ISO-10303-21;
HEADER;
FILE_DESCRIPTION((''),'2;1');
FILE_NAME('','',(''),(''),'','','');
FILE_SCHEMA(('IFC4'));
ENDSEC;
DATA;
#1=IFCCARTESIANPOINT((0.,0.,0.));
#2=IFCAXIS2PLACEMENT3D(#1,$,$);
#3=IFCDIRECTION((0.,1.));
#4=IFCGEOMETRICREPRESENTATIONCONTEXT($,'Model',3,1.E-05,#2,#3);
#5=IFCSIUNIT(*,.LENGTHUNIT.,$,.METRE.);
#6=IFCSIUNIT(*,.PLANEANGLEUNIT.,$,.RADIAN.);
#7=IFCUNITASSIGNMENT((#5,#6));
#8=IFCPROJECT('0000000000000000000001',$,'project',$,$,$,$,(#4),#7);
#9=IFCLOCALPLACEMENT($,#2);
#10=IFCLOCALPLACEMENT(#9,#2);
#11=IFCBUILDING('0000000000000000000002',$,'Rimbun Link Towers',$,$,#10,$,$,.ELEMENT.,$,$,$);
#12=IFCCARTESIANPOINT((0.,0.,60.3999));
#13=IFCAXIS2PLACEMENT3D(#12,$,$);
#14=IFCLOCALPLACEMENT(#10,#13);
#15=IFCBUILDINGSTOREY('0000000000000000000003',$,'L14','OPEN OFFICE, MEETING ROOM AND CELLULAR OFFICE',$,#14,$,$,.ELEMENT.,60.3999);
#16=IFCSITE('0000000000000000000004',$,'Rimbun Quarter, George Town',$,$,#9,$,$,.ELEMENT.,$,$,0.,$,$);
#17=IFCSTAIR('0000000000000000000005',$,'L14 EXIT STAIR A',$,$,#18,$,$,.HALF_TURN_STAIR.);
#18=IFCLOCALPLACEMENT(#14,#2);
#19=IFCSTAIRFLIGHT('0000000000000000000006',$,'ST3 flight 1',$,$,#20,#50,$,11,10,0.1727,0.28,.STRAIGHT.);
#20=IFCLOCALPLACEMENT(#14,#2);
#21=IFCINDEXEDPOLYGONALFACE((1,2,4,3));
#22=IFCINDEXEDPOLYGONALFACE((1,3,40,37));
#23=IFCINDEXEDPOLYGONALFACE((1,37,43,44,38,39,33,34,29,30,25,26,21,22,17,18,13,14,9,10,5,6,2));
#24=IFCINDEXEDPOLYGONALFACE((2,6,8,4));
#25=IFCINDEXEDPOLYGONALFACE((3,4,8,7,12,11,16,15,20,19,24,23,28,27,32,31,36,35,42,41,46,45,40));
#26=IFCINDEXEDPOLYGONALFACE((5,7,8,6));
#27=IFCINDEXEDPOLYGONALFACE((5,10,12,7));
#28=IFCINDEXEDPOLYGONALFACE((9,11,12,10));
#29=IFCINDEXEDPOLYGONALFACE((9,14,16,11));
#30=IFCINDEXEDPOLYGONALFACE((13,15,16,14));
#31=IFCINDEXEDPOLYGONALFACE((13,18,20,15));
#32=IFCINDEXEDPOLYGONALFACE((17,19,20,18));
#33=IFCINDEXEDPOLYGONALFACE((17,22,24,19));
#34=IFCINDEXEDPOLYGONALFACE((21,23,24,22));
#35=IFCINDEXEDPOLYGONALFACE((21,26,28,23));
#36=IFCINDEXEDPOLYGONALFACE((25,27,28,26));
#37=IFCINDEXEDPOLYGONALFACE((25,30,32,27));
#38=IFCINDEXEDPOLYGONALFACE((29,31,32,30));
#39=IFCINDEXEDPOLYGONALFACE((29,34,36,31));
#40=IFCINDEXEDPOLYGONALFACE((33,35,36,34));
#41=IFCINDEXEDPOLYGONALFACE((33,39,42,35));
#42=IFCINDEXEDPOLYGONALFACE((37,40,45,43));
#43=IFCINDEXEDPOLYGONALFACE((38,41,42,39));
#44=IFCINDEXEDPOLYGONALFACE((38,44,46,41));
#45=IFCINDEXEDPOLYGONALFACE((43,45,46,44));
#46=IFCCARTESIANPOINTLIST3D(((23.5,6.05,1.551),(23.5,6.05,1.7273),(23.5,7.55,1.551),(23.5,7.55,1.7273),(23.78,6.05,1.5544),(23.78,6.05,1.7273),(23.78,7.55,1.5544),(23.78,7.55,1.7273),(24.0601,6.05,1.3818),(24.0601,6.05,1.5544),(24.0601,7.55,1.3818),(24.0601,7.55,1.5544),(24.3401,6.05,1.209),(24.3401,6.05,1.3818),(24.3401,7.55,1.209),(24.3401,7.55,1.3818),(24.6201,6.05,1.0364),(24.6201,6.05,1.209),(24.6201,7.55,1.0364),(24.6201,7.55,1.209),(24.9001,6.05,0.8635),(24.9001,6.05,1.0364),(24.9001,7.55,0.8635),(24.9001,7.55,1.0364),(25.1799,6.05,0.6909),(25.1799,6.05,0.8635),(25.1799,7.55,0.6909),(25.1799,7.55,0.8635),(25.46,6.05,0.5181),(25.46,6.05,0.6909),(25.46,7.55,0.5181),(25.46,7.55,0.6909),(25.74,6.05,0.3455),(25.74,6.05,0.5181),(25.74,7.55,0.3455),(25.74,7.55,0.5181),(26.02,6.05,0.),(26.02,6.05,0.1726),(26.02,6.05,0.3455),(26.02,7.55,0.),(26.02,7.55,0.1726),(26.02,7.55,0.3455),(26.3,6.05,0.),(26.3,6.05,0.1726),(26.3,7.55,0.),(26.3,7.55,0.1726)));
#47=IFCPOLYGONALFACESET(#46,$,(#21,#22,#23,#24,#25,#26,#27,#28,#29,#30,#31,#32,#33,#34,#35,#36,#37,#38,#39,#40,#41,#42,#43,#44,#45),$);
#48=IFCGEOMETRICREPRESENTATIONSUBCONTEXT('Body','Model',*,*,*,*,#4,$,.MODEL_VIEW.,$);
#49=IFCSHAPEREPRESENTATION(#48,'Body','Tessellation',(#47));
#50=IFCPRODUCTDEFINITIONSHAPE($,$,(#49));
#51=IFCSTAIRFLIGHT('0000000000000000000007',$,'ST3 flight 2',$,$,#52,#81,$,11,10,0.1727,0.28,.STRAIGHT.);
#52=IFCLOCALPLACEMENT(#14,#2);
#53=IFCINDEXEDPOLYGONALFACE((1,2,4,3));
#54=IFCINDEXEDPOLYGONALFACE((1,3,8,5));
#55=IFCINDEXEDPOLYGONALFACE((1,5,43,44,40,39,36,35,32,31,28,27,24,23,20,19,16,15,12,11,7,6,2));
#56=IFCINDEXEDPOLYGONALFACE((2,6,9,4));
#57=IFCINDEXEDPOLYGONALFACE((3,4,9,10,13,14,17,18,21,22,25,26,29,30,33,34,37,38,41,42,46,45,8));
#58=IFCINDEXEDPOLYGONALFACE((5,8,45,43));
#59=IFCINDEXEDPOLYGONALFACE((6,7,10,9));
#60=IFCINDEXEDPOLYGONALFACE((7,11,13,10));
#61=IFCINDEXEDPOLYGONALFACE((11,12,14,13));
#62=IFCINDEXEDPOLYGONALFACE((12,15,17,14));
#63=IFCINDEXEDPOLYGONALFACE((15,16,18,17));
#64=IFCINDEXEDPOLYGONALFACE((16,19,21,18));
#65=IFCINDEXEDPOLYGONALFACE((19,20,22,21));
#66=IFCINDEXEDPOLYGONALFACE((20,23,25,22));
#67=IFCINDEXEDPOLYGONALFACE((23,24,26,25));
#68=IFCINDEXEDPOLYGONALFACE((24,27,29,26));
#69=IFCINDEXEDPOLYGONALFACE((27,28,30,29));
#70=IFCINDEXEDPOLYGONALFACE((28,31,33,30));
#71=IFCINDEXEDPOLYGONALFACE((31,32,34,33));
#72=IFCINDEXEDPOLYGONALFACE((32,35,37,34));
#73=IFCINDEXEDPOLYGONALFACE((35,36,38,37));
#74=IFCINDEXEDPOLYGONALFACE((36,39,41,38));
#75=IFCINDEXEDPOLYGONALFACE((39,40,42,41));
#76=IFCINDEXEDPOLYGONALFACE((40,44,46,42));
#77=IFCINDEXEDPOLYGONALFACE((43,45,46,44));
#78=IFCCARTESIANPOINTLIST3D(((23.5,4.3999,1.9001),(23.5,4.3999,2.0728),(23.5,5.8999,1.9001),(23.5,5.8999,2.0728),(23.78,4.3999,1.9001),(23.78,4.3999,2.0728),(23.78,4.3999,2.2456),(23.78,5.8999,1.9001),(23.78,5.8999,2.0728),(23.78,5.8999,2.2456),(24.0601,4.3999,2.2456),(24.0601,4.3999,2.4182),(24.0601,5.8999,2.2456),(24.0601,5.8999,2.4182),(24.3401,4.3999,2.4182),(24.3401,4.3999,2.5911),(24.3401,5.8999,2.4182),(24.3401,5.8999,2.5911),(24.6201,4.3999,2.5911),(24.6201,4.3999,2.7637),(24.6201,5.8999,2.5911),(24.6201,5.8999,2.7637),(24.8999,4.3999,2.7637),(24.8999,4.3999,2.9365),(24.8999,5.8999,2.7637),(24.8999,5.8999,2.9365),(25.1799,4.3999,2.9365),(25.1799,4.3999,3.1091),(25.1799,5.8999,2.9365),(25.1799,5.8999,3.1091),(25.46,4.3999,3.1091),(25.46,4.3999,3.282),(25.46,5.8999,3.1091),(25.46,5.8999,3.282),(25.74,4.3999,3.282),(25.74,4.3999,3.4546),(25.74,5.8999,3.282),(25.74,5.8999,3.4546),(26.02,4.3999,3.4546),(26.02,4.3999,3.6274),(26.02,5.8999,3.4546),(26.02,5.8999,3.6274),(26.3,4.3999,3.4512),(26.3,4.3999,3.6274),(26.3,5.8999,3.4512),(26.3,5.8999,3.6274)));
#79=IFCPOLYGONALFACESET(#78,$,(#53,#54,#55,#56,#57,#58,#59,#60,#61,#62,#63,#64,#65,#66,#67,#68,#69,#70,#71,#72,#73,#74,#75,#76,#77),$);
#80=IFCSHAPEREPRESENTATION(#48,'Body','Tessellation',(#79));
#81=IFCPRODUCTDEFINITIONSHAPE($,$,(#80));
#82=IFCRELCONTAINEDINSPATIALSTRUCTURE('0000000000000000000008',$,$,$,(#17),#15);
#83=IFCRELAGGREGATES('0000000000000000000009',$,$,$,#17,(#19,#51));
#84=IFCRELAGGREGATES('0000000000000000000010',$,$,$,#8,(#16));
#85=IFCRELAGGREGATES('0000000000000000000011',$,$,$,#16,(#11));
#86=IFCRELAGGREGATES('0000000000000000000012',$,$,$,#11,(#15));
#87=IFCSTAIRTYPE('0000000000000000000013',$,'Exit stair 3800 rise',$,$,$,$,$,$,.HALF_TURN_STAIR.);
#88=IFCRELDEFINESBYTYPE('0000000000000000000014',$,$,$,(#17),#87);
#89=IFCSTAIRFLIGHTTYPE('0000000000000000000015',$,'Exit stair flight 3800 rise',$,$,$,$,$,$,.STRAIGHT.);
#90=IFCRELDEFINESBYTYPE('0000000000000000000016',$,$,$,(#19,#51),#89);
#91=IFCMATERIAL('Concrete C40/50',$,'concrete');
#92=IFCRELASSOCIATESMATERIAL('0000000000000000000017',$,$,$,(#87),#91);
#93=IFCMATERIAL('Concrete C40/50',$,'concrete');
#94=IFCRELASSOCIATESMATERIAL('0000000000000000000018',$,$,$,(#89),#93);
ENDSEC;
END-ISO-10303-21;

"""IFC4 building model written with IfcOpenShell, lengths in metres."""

from ifc_helpers import new_model, si_unit, direction, frame, origin, place, context, subcontext, project, spatial, polyline, outline, extrude, material, type_object, element, aggregate, save


model = new_model("IFC4")

# Units and contexts
model_context = context("Model", 3, precision=1e-05, world=origin(), true_north=direction((0.0, 1.0)))
body_context = subcontext(model_context, "Body", "Model", "MODEL_VIEW")
ifc_project = project(units=[si_unit("LENGTHUNIT", "METRE"), si_unit("PLANEANGLEUNIT", "RADIAN")], contexts=[model_context])

# Site, building, storey
site_placement = place(None, origin())
site = spatial("IfcSite", under=ifc_project, at=site_placement, Name="Rimbun Quarter, George Town", CompositionType="ELEMENT", RefElevation=0.0)
building_placement = place(site_placement, origin())
building = spatial("IfcBuilding", under=site, at=building_placement, Name="Rimbun Link Towers", CompositionType="ELEMENT")
storey_placement = place(building_placement, frame((0.0, 0.0, 60.3999)))
storey = spatial("IfcBuildingStorey", under=building, at=storey_placement, Name="L14", Description="OPEN OFFICE, MEETING ROOM AND CELLULAR OFFICE", CompositionType="ELEMENT", Elevation=60.3999)

# Stair, stair flights
ifc_material_1 = material(Name="Concrete C40/50", Category="concrete")
stair_type = type_object("IfcStairType", Name="Exit stair 3800 rise", PredefinedType="HALF_TURN_STAIR", material=ifc_material_1)
stair_placement = place(storey_placement, origin())
stair = element("IfcStair", 1, at=stair_placement, inside=storey, type_object=stair_type, Name="L14 EXIT STAIR A", PredefinedType="HALF_TURN_STAIR")
ifc_material_2 = material(Name="Concrete C40/50", Category="concrete")
stair_flight_type = type_object("IfcStairFlightType", Name="Exit stair flight 3800 rise", PredefinedType="STRAIGHT", material=ifc_material_2)
stair_flight_1_placement = place(storey_placement, frame((26.3, 6.8, 0.0), z_axis=(0.0, 0.0, 1.0), x_axis=(-1.0, 0.0, 0.0)))
stair_flight_1 = element("IfcStairFlight", 2, at=stair_flight_1_placement, type_object=stair_flight_type, Name="ST3 flight 1", NumberOfRisers=11, NumberOfTreads=10, PredefinedType="STRAIGHT", RiserHeight=0.1727, TreadLength=0.28, context=body_context, shape_type="SweptSolid", body=[
    extrude(outline(polyline([(0.0, 0.0), (0.0, 0.1726), (0.28, 0.1726), (0.28, 0.3455), (0.5601, 0.3455), (0.5601, 0.5181), (0.8401, 0.5181), (0.8401, 0.6909), (1.1201, 0.6909), (1.1201, 0.8635), (1.3999, 0.8635), (1.3999, 1.0364), (1.6799, 1.0364), (1.6799, 1.209), (1.96, 1.209), (1.96, 1.3818), (2.24, 1.3818), (2.24, 1.5544), (2.52, 1.5544), (2.52, 1.7273), (2.8, 1.7273), (2.8, 1.8999), (2.8, 1.551), (0.28, 0.0), (0.0, 0.0)])), frame((0.0, 0.75, 0.0), z_axis=(0.0, -1.0, 0.0), x_axis=(1.0, 0.0, 0.0)), (0.0, 0.0, 1.0), 1.5),
])
stair_flight_2_placement = place(storey_placement, frame((23.5, 5.1499, 1.9001), z_axis=(0.0, 0.0, 1.0), x_axis=(1.0, 0.0, 0.0)))
stair_flight_2 = element("IfcStairFlight", 3, at=stair_flight_2_placement, type_object=stair_flight_type, Name="ST3 flight 2", NumberOfRisers=11, NumberOfTreads=10, PredefinedType="STRAIGHT", RiserHeight=0.1727, TreadLength=0.28, context=body_context, shape_type="SweptSolid", body=[
    extrude(outline(polyline([(0.0, 0.0), (0.0, 0.1726), (0.28, 0.1726), (0.28, 0.3455), (0.5601, 0.3455), (0.5601, 0.5181), (0.8401, 0.5181), (0.8401, 0.6909), (1.1201, 0.6909), (1.1201, 0.8635), (1.3999, 0.8635), (1.3999, 1.0364), (1.6799, 1.0364), (1.6799, 1.209), (1.96, 1.209), (1.96, 1.3818), (2.24, 1.3818), (2.24, 1.5544), (2.52, 1.5544), (2.52, 1.7273), (2.8, 1.7273), (2.8, 1.8999), (2.8, 1.551), (0.28, 0.0), (0.0, 0.0)])), frame((0.0, 0.75, 0.0), z_axis=(0.0, -1.0, 0.0), x_axis=(1.0, 0.0, 0.0)), (0.0, 0.0, 1.0), 1.5),
])
aggregate(stair, [stair_flight_1, stair_flight_2])

save(model, "model.ifc")
